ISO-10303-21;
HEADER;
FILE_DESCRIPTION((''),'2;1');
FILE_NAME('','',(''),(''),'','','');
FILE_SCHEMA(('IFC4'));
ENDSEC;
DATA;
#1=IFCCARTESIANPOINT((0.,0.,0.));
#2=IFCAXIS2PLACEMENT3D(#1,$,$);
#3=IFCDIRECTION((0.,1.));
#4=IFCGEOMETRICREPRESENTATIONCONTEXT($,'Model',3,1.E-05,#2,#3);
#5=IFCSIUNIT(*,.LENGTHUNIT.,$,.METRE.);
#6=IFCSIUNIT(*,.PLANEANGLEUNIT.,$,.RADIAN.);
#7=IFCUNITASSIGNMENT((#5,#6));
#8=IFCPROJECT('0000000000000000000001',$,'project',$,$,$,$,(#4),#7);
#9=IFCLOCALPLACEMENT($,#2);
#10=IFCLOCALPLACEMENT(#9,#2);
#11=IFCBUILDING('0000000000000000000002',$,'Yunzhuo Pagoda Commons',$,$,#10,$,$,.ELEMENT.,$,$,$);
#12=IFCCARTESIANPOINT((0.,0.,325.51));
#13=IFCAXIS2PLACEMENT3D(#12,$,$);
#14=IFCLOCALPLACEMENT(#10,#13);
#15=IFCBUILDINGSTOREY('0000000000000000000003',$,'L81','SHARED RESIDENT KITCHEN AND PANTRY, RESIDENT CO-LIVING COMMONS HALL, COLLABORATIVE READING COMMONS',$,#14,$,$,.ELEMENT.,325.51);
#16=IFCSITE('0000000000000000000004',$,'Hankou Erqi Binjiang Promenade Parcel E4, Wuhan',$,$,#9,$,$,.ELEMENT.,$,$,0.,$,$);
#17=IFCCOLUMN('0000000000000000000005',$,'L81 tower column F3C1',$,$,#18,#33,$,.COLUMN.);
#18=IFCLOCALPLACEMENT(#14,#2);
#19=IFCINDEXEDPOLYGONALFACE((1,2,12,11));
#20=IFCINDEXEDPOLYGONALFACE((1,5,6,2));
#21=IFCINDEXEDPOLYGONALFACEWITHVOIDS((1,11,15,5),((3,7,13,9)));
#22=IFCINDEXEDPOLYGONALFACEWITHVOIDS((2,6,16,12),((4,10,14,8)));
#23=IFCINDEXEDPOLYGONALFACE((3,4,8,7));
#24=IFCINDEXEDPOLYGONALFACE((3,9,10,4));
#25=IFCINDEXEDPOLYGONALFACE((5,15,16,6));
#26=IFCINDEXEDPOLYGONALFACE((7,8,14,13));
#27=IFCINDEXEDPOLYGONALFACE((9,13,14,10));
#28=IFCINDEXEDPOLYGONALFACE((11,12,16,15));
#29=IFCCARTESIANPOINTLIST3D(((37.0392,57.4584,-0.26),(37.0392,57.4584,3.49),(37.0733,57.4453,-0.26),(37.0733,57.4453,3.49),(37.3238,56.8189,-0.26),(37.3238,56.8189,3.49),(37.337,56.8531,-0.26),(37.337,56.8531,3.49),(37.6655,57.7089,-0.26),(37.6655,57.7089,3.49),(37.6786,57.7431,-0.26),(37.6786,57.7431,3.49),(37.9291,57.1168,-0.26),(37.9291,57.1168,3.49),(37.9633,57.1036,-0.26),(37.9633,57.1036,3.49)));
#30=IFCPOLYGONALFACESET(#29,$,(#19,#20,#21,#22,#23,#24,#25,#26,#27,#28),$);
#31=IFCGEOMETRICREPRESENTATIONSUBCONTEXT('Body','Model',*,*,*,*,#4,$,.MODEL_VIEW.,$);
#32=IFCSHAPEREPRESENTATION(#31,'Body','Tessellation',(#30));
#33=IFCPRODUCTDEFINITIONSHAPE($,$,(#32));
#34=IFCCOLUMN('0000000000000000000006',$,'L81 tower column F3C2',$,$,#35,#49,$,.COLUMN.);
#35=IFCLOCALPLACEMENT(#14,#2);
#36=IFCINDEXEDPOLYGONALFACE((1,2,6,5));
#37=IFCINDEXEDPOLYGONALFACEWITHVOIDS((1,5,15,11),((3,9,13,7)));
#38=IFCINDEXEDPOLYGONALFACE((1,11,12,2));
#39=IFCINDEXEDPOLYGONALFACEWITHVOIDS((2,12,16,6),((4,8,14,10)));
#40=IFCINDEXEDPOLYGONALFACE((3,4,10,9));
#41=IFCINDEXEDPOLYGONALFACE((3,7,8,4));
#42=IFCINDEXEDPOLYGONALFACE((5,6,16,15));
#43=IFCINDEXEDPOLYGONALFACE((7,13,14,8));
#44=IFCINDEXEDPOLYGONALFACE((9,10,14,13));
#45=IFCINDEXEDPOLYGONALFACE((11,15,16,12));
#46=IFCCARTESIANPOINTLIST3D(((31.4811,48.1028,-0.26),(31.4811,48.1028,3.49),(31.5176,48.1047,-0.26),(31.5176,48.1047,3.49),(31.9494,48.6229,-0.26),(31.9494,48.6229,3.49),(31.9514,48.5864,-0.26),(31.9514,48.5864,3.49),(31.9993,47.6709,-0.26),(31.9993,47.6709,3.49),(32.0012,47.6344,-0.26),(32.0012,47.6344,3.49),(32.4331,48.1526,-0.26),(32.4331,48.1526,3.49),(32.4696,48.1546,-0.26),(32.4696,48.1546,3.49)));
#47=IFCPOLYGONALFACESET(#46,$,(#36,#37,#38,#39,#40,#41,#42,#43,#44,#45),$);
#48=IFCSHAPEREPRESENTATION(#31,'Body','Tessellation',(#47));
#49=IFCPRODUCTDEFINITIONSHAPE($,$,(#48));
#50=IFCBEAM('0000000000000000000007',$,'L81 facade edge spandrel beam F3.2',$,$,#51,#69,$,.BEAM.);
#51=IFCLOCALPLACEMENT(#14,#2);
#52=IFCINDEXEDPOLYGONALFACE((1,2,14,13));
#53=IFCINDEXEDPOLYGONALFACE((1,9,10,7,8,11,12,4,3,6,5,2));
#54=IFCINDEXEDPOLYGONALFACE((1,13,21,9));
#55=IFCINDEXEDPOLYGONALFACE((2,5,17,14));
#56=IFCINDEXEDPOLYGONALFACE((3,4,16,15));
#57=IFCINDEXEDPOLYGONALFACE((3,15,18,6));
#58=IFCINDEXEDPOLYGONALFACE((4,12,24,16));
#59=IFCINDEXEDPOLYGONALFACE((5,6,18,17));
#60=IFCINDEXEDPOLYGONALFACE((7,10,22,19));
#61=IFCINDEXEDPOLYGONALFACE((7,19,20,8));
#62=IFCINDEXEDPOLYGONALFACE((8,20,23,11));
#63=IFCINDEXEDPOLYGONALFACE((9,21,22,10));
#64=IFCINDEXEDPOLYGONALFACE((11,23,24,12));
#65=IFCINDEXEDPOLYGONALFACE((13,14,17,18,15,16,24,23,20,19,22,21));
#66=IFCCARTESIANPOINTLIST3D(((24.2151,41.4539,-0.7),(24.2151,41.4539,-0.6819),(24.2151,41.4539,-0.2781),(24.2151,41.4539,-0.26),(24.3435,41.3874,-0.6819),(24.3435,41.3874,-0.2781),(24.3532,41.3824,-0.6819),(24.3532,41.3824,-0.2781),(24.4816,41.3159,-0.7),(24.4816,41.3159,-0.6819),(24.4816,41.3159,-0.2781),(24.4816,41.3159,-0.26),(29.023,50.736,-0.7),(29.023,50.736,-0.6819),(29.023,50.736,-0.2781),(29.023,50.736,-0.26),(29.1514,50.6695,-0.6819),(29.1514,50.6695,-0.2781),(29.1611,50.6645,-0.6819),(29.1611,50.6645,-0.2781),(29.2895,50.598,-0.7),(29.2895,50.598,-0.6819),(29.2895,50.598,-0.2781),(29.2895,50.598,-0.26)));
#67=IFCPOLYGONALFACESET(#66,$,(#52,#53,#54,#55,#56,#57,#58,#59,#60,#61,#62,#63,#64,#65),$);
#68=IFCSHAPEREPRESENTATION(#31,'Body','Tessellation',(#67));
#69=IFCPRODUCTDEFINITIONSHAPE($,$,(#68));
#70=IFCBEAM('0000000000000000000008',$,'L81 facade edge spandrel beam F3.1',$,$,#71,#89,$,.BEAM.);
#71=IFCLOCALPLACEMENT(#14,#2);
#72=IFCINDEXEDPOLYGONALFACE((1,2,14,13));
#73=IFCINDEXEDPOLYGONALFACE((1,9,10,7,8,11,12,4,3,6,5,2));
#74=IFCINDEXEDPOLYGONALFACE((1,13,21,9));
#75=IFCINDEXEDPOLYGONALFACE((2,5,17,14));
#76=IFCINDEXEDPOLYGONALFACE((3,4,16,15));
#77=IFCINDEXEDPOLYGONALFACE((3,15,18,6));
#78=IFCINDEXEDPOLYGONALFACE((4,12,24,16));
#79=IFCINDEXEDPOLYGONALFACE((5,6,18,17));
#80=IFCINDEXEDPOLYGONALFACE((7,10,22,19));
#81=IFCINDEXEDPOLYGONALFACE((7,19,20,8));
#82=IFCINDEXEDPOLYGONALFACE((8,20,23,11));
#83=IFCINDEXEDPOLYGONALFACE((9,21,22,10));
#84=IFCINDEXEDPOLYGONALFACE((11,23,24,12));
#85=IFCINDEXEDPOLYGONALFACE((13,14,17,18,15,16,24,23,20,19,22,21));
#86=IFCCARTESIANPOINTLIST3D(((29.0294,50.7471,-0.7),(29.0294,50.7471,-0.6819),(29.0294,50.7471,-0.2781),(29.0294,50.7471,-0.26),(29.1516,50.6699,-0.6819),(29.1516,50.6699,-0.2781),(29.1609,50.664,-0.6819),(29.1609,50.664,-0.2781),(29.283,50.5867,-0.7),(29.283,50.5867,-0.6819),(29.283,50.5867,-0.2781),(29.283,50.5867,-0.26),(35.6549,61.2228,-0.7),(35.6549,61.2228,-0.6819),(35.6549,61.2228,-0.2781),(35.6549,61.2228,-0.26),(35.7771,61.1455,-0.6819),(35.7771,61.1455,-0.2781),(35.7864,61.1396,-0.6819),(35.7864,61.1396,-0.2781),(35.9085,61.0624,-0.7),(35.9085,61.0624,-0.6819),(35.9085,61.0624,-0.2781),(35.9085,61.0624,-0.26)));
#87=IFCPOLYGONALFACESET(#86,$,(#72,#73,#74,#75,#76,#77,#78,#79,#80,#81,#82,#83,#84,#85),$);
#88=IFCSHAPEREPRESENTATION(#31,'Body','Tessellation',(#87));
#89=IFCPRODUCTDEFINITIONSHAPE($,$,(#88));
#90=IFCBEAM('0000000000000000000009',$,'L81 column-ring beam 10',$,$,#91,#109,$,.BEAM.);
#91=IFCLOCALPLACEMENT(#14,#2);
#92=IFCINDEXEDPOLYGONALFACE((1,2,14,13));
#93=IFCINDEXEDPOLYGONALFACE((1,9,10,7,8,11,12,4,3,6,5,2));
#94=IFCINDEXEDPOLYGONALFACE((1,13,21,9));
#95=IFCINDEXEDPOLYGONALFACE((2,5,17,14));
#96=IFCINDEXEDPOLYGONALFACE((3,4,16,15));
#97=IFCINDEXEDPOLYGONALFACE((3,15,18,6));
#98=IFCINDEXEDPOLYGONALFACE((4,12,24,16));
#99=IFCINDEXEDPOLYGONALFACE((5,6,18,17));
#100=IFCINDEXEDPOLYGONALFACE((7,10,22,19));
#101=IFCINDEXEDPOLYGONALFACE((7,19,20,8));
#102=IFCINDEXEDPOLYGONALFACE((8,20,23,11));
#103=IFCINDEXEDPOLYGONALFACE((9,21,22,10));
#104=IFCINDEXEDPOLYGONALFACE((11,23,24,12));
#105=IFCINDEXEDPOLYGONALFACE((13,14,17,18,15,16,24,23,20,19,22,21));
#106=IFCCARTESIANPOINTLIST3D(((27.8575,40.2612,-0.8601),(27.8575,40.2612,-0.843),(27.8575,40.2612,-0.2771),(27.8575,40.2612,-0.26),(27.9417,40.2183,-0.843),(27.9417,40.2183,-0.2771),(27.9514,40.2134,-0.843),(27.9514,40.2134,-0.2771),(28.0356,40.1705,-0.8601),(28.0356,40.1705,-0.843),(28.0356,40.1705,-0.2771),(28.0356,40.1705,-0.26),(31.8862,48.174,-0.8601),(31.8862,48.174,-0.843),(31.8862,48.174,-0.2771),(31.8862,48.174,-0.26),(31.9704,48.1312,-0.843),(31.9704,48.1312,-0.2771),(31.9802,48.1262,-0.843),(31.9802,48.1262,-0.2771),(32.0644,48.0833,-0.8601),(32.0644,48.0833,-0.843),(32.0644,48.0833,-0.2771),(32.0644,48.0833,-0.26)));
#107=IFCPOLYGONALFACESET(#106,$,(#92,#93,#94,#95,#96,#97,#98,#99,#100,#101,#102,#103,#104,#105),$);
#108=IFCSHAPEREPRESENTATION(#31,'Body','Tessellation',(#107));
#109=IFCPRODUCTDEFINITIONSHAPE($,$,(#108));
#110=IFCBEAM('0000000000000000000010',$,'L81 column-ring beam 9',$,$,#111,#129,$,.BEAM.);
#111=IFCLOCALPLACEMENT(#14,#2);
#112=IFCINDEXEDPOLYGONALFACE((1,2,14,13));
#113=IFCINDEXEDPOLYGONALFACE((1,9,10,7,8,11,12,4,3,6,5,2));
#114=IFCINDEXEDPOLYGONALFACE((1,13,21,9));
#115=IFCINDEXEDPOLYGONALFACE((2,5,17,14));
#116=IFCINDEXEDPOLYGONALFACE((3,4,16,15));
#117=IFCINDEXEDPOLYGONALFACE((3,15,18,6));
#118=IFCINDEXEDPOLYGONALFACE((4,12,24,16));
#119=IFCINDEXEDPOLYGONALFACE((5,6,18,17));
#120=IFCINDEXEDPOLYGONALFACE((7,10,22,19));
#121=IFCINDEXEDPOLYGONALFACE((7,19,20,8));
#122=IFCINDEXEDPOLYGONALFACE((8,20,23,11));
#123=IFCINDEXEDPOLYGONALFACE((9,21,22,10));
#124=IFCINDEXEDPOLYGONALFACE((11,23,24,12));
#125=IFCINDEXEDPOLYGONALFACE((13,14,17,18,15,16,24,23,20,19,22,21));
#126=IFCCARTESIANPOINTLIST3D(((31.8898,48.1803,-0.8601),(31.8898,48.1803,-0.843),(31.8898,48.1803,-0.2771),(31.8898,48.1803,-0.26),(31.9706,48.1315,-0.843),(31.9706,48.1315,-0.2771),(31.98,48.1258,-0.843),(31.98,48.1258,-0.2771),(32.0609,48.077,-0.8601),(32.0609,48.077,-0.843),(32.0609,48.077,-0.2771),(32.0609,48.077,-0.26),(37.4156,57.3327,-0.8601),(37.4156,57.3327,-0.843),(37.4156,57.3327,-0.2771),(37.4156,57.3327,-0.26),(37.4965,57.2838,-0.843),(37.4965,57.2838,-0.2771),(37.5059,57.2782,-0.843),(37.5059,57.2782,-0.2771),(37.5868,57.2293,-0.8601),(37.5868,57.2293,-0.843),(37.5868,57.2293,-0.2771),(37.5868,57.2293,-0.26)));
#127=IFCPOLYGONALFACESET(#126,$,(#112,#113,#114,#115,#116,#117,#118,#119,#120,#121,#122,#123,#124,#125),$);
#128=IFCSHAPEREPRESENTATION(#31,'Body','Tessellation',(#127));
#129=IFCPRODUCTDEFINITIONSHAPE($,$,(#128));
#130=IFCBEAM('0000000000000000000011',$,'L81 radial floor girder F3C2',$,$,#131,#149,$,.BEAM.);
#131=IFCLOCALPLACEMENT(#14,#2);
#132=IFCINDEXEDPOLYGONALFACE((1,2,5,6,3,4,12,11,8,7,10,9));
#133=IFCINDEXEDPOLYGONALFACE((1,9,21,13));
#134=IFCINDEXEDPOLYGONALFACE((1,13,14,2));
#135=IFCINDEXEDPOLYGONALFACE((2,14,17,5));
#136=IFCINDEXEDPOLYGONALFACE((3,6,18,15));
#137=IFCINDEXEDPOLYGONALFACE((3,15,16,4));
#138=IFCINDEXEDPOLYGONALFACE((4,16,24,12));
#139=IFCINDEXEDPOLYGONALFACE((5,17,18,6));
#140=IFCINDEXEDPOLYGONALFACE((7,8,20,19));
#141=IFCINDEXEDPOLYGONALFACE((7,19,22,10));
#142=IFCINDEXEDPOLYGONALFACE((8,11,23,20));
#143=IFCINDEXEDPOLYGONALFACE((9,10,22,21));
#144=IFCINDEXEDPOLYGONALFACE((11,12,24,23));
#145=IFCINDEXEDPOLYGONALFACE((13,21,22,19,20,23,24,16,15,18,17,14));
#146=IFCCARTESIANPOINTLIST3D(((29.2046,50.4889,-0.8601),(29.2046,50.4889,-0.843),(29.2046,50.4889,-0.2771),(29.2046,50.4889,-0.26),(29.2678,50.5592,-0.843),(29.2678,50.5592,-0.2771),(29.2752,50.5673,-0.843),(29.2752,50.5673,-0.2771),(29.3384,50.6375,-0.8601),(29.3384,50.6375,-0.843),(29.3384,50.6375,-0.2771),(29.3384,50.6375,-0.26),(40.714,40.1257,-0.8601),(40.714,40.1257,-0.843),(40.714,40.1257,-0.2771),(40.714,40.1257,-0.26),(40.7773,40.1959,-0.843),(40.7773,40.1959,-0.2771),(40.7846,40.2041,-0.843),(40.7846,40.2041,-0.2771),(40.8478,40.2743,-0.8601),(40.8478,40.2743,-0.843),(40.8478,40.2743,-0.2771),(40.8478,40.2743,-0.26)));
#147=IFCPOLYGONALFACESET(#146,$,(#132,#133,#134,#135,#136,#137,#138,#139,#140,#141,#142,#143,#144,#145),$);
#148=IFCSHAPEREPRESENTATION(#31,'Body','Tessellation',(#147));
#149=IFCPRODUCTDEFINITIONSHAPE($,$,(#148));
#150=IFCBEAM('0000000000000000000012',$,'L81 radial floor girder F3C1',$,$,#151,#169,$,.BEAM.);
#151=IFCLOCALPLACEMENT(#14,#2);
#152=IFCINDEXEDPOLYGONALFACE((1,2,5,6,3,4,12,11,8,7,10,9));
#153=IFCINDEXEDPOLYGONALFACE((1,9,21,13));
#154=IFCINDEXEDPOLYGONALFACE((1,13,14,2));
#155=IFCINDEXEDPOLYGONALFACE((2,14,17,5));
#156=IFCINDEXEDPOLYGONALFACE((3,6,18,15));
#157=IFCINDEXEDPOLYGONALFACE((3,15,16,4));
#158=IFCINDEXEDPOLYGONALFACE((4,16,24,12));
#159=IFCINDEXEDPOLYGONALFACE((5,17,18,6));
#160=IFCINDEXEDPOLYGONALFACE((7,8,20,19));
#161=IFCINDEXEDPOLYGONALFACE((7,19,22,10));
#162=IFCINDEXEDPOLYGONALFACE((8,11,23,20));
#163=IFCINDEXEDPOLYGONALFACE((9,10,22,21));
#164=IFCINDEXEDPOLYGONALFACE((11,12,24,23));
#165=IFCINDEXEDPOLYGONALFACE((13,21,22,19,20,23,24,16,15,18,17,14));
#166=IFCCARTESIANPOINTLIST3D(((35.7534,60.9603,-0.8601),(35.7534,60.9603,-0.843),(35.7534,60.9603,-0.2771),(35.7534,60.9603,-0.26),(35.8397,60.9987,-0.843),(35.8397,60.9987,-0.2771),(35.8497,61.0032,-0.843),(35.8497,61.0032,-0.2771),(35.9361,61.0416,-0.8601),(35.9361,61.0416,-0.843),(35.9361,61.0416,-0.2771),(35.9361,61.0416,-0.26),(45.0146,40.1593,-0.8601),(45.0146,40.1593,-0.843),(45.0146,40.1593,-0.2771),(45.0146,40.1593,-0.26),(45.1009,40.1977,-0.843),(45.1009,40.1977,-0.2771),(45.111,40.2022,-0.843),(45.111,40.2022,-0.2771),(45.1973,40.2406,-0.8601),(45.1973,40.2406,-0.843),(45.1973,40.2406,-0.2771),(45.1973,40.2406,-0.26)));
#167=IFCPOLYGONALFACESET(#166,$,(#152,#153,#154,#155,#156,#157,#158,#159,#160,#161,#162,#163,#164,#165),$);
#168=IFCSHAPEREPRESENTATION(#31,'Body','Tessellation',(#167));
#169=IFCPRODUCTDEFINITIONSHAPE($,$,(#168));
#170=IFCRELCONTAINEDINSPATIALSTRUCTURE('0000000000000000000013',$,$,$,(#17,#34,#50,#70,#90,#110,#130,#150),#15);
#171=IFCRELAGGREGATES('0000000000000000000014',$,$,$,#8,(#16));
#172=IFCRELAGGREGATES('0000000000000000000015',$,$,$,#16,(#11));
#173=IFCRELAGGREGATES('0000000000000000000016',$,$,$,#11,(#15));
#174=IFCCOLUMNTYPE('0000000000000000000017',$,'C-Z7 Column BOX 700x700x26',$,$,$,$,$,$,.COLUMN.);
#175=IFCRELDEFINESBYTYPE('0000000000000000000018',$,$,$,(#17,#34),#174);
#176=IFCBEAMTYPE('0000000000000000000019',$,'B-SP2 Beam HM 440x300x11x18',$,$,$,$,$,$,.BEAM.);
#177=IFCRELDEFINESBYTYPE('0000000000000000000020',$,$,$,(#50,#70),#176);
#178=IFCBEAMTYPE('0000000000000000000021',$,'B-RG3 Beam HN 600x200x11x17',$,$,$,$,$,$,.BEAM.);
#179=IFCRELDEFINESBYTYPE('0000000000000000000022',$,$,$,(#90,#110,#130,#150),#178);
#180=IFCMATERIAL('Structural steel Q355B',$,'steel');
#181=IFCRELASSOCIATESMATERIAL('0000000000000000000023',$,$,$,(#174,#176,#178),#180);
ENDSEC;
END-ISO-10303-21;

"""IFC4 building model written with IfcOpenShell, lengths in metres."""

from ifc_helpers import new_model, si_unit, direction, frame, origin, origin_2d, place, context, subcontext, project, spatial, hollow_rectangle, i_section, extrude, source, transform, mapped, material, material_profile, profile_set, type_object, element, save


model = new_model("IFC4")

# Units and contexts
model_context = context("Model", 3, precision=1e-05, world=origin(), true_north=direction((0.0, 1.0)))
body_context = subcontext(model_context, "Body", "Model", "MODEL_VIEW")
ifc_project = project(units=[si_unit("LENGTHUNIT", "METRE"), si_unit("PLANEANGLEUNIT", "RADIAN")], contexts=[model_context])

# Site, building, storey
site_placement = place(None, origin())
site = spatial("IfcSite", under=ifc_project, at=site_placement, Name="Hankou Erqi Binjiang Promenade Parcel E4, Wuhan", CompositionType="ELEMENT", RefElevation=0.0)
building_placement = place(site_placement, origin())
building = spatial("IfcBuilding", under=site, at=building_placement, Name="Yunzhuo Pagoda Commons", CompositionType="ELEMENT")
storey_placement = place(building_placement, frame((0.0, 0.0, 325.51)))
storey = spatial("IfcBuildingStorey", under=building, at=storey_placement, Name="L81", Description="SHARED RESIDENT KITCHEN AND PANTRY, RESIDENT CO-LIVING COMMONS HALL, COLLABORATIVE READING COMMONS", CompositionType="ELEMENT", Elevation=325.51)

# Columns
ifc_material_1 = material(Name="Structural steel Q355B", Category="steel")
ifc_material_profile_1 = material_profile(ifc_material_1, hollow_rectangle(XDim=0.7, YDim=0.7, WallThickness=0.0259, at=origin_2d()), Name="Structural steel Q355B")
ifc_profile_set_1 = profile_set([ifc_material_profile_1], Name="Structural steel Q355B")
column_type = type_object("IfcColumnType", Name="C-Z7 Column BOX 700x700x26", PredefinedType="COLUMN", material=ifc_profile_set_1)
shared_shape_1 = source(origin(), body_context, "Body", "SweptSolid", [
    extrude(hollow_rectangle(XDim=0.7, YDim=0.7, WallThickness=0.0259, at=origin_2d()), origin(), (0.0, 0.0, 1.0), 3.75),
])
for number, where, z_axis, x_axis, name in (
    (1, (37.5012, 57.281, -0.26), (0.0, 0.0, 1.0), (-0.913545, -0.406737, 0.0), "L81 tower column F3C1"),
    (2, (31.9753, 48.1287, -0.26), (0.0, 0.0, 1.0), (-0.669131, -0.743145, 0.0), "L81 tower column F3C2"),
):
    element("IfcColumn", number, at=place(storey_placement, frame(where, z_axis=z_axis, x_axis=x_axis)), inside=storey, type_object=column_type, Name=name, PredefinedType="COLUMN", context=body_context, shape_type="MappedRepresentation", body=[
        mapped(shared_shape_1, transform((0.0, 0.0, 0.0), scale=1.0)),
    ])

# Beams
ifc_material_profile_2 = material_profile(ifc_material_1, i_section(OverallWidth=0.3, OverallDepth=0.4399, WebThickness=0.011, FlangeThickness=0.0181, at=origin_2d()), Name="Structural steel Q355B")
ifc_profile_set_2 = profile_set([ifc_material_profile_2], Name="Structural steel Q355B")
beam_type_1 = type_object("IfcBeamType", Name="B-SP2 Beam HM 440x300x11x18", PredefinedType="BEAM", material=ifc_profile_set_2)
shared_shape_2 = source(origin(), body_context, "Body", "SweptSolid", [
    extrude(i_section(OverallWidth=0.3, OverallDepth=0.4399, WebThickness=0.011, FlangeThickness=0.0181, at=origin_2d()), origin(), (0.0, 0.0, 1.0), 10.4534),
])
beam_1_placement = place(storey_placement, frame((29.1562, 50.667, -0.48), z_axis=(-0.459939, -0.887951, 0.0), x_axis=(0.887951, -0.459939, 0.0)))
element("IfcBeam", 3, at=beam_1_placement, inside=storey, type_object=beam_type_1, Name="L81 facade edge spandrel beam F3.2", PredefinedType="BEAM", context=body_context, shape_type="MappedRepresentation", body=[
    mapped(shared_shape_2, transform((0.0, 0.0, 0.0), scale=1.0)),
])
shared_shape_3 = source(origin(), body_context, "Body", "SweptSolid", [
    extrude(i_section(OverallWidth=0.3, OverallDepth=0.4399, WebThickness=0.011, FlangeThickness=0.0181, at=origin_2d()), origin(), (0.0, 0.0, 1.0), 12.395),
])
beam_2_placement = place(storey_placement, frame((35.7817, 61.1426, -0.48), z_axis=(-0.534531, -0.845149, 0.0), x_axis=(0.845149, -0.534531, 0.0)))
element("IfcBeam", 4, at=beam_2_placement, inside=storey, type_object=beam_type_1, Name="L81 facade edge spandrel beam F3.1", PredefinedType="BEAM", context=body_context, shape_type="MappedRepresentation", body=[
    mapped(shared_shape_3, transform((0.0, 0.0, 0.0), scale=1.0)),
])
ifc_material_profile_3 = material_profile(ifc_material_1, i_section(OverallWidth=0.2, OverallDepth=0.6001, WebThickness=0.011, FlangeThickness=0.0171, at=origin_2d()), Name="Structural steel Q355B")
ifc_profile_set_3 = profile_set([ifc_material_profile_3], Name="Structural steel Q355B")
beam_type_2 = type_object("IfcBeamType", Name="B-RG3 Beam HN 600x200x11x17", PredefinedType="BEAM", material=ifc_profile_set_3)
shared_shape_4 = source(origin(), body_context, "Body", "SweptSolid", [
    extrude(i_section(OverallWidth=0.2, OverallDepth=0.6001, WebThickness=0.011, FlangeThickness=0.0171, at=origin_2d()), origin(), (0.0, 0.0, 1.0), 8.8794),
])
beam_3_placement = place(storey_placement, frame((31.9753, 48.1287, -0.5601), z_axis=(-0.453724, -0.891142, 0.0), x_axis=(0.891142, -0.453724, 0.0)))
element("IfcBeam", 5, at=beam_3_placement, inside=storey, type_object=beam_type_2, Name="L81 column-ring beam 10", PredefinedType="BEAM", context=body_context, shape_type="MappedRepresentation", body=[
    mapped(shared_shape_4, transform((0.0, 0.0, 0.0), scale=1.0)),
])
shared_shape_5 = source(origin(), body_context, "Body", "SweptSolid", [
    extrude(i_section(OverallWidth=0.2, OverallDepth=0.6001, WebThickness=0.011, FlangeThickness=0.0171, at=origin_2d()), origin(), (0.0, 0.0, 1.0), 10.6912),
])
beam_4_placement = place(storey_placement, frame((37.5012, 57.281, -0.5601), z_axis=(-0.516865, -0.856067, 0.0), x_axis=(0.856067, -0.516865, 0.0)))
element("IfcBeam", 6, at=beam_4_placement, inside=storey, type_object=beam_type_2, Name="L81 column-ring beam 9", PredefinedType="BEAM", context=body_context, shape_type="MappedRepresentation", body=[
    mapped(shared_shape_5, transform((0.0, 0.0, 0.0), scale=1.0)),
])
shared_shape_6 = source(origin(), body_context, "Body", "SweptSolid", [
    extrude(i_section(OverallWidth=0.2, OverallDepth=0.6001, WebThickness=0.011, FlangeThickness=0.0171, at=origin_2d()), origin(), (0.0, 0.0, 1.0), 15.4875),
])
beam_5_placement = place(storey_placement, frame((29.2715, 50.5632, -0.5601), z_axis=(0.743143, -0.669133, 0.0), x_axis=(0.669133, 0.743143, 0.0)))
element("IfcBeam", 7, at=beam_5_placement, inside=storey, type_object=beam_type_2, Name="L81 radial floor girder F3C2", PredefinedType="BEAM", context=body_context, shape_type="MappedRepresentation", body=[
    mapped(shared_shape_6, transform((0.0, 0.0, 0.0), scale=1.0)),
])
shared_shape_7 = source(origin(), body_context, "Body", "SweptSolid", [
    extrude(i_section(OverallWidth=0.2, OverallDepth=0.6001, WebThickness=0.011, FlangeThickness=0.0171, at=origin_2d()), origin(), (0.0, 0.0, 1.0), 22.7695),
])
beam_6_placement = place(storey_placement, frame((35.8447, 61.001, -0.5601), z_axis=(0.406737, -0.913545, 0.0), x_axis=(0.913545, 0.406737, 0.0)))
element("IfcBeam", 8, at=beam_6_placement, inside=storey, type_object=beam_type_2, Name="L81 radial floor girder F3C1", PredefinedType="BEAM", context=body_context, shape_type="MappedRepresentation", body=[
    mapped(shared_shape_7, transform((0.0, 0.0, 0.0), scale=1.0)),
])

save(model, "model.ifc")
